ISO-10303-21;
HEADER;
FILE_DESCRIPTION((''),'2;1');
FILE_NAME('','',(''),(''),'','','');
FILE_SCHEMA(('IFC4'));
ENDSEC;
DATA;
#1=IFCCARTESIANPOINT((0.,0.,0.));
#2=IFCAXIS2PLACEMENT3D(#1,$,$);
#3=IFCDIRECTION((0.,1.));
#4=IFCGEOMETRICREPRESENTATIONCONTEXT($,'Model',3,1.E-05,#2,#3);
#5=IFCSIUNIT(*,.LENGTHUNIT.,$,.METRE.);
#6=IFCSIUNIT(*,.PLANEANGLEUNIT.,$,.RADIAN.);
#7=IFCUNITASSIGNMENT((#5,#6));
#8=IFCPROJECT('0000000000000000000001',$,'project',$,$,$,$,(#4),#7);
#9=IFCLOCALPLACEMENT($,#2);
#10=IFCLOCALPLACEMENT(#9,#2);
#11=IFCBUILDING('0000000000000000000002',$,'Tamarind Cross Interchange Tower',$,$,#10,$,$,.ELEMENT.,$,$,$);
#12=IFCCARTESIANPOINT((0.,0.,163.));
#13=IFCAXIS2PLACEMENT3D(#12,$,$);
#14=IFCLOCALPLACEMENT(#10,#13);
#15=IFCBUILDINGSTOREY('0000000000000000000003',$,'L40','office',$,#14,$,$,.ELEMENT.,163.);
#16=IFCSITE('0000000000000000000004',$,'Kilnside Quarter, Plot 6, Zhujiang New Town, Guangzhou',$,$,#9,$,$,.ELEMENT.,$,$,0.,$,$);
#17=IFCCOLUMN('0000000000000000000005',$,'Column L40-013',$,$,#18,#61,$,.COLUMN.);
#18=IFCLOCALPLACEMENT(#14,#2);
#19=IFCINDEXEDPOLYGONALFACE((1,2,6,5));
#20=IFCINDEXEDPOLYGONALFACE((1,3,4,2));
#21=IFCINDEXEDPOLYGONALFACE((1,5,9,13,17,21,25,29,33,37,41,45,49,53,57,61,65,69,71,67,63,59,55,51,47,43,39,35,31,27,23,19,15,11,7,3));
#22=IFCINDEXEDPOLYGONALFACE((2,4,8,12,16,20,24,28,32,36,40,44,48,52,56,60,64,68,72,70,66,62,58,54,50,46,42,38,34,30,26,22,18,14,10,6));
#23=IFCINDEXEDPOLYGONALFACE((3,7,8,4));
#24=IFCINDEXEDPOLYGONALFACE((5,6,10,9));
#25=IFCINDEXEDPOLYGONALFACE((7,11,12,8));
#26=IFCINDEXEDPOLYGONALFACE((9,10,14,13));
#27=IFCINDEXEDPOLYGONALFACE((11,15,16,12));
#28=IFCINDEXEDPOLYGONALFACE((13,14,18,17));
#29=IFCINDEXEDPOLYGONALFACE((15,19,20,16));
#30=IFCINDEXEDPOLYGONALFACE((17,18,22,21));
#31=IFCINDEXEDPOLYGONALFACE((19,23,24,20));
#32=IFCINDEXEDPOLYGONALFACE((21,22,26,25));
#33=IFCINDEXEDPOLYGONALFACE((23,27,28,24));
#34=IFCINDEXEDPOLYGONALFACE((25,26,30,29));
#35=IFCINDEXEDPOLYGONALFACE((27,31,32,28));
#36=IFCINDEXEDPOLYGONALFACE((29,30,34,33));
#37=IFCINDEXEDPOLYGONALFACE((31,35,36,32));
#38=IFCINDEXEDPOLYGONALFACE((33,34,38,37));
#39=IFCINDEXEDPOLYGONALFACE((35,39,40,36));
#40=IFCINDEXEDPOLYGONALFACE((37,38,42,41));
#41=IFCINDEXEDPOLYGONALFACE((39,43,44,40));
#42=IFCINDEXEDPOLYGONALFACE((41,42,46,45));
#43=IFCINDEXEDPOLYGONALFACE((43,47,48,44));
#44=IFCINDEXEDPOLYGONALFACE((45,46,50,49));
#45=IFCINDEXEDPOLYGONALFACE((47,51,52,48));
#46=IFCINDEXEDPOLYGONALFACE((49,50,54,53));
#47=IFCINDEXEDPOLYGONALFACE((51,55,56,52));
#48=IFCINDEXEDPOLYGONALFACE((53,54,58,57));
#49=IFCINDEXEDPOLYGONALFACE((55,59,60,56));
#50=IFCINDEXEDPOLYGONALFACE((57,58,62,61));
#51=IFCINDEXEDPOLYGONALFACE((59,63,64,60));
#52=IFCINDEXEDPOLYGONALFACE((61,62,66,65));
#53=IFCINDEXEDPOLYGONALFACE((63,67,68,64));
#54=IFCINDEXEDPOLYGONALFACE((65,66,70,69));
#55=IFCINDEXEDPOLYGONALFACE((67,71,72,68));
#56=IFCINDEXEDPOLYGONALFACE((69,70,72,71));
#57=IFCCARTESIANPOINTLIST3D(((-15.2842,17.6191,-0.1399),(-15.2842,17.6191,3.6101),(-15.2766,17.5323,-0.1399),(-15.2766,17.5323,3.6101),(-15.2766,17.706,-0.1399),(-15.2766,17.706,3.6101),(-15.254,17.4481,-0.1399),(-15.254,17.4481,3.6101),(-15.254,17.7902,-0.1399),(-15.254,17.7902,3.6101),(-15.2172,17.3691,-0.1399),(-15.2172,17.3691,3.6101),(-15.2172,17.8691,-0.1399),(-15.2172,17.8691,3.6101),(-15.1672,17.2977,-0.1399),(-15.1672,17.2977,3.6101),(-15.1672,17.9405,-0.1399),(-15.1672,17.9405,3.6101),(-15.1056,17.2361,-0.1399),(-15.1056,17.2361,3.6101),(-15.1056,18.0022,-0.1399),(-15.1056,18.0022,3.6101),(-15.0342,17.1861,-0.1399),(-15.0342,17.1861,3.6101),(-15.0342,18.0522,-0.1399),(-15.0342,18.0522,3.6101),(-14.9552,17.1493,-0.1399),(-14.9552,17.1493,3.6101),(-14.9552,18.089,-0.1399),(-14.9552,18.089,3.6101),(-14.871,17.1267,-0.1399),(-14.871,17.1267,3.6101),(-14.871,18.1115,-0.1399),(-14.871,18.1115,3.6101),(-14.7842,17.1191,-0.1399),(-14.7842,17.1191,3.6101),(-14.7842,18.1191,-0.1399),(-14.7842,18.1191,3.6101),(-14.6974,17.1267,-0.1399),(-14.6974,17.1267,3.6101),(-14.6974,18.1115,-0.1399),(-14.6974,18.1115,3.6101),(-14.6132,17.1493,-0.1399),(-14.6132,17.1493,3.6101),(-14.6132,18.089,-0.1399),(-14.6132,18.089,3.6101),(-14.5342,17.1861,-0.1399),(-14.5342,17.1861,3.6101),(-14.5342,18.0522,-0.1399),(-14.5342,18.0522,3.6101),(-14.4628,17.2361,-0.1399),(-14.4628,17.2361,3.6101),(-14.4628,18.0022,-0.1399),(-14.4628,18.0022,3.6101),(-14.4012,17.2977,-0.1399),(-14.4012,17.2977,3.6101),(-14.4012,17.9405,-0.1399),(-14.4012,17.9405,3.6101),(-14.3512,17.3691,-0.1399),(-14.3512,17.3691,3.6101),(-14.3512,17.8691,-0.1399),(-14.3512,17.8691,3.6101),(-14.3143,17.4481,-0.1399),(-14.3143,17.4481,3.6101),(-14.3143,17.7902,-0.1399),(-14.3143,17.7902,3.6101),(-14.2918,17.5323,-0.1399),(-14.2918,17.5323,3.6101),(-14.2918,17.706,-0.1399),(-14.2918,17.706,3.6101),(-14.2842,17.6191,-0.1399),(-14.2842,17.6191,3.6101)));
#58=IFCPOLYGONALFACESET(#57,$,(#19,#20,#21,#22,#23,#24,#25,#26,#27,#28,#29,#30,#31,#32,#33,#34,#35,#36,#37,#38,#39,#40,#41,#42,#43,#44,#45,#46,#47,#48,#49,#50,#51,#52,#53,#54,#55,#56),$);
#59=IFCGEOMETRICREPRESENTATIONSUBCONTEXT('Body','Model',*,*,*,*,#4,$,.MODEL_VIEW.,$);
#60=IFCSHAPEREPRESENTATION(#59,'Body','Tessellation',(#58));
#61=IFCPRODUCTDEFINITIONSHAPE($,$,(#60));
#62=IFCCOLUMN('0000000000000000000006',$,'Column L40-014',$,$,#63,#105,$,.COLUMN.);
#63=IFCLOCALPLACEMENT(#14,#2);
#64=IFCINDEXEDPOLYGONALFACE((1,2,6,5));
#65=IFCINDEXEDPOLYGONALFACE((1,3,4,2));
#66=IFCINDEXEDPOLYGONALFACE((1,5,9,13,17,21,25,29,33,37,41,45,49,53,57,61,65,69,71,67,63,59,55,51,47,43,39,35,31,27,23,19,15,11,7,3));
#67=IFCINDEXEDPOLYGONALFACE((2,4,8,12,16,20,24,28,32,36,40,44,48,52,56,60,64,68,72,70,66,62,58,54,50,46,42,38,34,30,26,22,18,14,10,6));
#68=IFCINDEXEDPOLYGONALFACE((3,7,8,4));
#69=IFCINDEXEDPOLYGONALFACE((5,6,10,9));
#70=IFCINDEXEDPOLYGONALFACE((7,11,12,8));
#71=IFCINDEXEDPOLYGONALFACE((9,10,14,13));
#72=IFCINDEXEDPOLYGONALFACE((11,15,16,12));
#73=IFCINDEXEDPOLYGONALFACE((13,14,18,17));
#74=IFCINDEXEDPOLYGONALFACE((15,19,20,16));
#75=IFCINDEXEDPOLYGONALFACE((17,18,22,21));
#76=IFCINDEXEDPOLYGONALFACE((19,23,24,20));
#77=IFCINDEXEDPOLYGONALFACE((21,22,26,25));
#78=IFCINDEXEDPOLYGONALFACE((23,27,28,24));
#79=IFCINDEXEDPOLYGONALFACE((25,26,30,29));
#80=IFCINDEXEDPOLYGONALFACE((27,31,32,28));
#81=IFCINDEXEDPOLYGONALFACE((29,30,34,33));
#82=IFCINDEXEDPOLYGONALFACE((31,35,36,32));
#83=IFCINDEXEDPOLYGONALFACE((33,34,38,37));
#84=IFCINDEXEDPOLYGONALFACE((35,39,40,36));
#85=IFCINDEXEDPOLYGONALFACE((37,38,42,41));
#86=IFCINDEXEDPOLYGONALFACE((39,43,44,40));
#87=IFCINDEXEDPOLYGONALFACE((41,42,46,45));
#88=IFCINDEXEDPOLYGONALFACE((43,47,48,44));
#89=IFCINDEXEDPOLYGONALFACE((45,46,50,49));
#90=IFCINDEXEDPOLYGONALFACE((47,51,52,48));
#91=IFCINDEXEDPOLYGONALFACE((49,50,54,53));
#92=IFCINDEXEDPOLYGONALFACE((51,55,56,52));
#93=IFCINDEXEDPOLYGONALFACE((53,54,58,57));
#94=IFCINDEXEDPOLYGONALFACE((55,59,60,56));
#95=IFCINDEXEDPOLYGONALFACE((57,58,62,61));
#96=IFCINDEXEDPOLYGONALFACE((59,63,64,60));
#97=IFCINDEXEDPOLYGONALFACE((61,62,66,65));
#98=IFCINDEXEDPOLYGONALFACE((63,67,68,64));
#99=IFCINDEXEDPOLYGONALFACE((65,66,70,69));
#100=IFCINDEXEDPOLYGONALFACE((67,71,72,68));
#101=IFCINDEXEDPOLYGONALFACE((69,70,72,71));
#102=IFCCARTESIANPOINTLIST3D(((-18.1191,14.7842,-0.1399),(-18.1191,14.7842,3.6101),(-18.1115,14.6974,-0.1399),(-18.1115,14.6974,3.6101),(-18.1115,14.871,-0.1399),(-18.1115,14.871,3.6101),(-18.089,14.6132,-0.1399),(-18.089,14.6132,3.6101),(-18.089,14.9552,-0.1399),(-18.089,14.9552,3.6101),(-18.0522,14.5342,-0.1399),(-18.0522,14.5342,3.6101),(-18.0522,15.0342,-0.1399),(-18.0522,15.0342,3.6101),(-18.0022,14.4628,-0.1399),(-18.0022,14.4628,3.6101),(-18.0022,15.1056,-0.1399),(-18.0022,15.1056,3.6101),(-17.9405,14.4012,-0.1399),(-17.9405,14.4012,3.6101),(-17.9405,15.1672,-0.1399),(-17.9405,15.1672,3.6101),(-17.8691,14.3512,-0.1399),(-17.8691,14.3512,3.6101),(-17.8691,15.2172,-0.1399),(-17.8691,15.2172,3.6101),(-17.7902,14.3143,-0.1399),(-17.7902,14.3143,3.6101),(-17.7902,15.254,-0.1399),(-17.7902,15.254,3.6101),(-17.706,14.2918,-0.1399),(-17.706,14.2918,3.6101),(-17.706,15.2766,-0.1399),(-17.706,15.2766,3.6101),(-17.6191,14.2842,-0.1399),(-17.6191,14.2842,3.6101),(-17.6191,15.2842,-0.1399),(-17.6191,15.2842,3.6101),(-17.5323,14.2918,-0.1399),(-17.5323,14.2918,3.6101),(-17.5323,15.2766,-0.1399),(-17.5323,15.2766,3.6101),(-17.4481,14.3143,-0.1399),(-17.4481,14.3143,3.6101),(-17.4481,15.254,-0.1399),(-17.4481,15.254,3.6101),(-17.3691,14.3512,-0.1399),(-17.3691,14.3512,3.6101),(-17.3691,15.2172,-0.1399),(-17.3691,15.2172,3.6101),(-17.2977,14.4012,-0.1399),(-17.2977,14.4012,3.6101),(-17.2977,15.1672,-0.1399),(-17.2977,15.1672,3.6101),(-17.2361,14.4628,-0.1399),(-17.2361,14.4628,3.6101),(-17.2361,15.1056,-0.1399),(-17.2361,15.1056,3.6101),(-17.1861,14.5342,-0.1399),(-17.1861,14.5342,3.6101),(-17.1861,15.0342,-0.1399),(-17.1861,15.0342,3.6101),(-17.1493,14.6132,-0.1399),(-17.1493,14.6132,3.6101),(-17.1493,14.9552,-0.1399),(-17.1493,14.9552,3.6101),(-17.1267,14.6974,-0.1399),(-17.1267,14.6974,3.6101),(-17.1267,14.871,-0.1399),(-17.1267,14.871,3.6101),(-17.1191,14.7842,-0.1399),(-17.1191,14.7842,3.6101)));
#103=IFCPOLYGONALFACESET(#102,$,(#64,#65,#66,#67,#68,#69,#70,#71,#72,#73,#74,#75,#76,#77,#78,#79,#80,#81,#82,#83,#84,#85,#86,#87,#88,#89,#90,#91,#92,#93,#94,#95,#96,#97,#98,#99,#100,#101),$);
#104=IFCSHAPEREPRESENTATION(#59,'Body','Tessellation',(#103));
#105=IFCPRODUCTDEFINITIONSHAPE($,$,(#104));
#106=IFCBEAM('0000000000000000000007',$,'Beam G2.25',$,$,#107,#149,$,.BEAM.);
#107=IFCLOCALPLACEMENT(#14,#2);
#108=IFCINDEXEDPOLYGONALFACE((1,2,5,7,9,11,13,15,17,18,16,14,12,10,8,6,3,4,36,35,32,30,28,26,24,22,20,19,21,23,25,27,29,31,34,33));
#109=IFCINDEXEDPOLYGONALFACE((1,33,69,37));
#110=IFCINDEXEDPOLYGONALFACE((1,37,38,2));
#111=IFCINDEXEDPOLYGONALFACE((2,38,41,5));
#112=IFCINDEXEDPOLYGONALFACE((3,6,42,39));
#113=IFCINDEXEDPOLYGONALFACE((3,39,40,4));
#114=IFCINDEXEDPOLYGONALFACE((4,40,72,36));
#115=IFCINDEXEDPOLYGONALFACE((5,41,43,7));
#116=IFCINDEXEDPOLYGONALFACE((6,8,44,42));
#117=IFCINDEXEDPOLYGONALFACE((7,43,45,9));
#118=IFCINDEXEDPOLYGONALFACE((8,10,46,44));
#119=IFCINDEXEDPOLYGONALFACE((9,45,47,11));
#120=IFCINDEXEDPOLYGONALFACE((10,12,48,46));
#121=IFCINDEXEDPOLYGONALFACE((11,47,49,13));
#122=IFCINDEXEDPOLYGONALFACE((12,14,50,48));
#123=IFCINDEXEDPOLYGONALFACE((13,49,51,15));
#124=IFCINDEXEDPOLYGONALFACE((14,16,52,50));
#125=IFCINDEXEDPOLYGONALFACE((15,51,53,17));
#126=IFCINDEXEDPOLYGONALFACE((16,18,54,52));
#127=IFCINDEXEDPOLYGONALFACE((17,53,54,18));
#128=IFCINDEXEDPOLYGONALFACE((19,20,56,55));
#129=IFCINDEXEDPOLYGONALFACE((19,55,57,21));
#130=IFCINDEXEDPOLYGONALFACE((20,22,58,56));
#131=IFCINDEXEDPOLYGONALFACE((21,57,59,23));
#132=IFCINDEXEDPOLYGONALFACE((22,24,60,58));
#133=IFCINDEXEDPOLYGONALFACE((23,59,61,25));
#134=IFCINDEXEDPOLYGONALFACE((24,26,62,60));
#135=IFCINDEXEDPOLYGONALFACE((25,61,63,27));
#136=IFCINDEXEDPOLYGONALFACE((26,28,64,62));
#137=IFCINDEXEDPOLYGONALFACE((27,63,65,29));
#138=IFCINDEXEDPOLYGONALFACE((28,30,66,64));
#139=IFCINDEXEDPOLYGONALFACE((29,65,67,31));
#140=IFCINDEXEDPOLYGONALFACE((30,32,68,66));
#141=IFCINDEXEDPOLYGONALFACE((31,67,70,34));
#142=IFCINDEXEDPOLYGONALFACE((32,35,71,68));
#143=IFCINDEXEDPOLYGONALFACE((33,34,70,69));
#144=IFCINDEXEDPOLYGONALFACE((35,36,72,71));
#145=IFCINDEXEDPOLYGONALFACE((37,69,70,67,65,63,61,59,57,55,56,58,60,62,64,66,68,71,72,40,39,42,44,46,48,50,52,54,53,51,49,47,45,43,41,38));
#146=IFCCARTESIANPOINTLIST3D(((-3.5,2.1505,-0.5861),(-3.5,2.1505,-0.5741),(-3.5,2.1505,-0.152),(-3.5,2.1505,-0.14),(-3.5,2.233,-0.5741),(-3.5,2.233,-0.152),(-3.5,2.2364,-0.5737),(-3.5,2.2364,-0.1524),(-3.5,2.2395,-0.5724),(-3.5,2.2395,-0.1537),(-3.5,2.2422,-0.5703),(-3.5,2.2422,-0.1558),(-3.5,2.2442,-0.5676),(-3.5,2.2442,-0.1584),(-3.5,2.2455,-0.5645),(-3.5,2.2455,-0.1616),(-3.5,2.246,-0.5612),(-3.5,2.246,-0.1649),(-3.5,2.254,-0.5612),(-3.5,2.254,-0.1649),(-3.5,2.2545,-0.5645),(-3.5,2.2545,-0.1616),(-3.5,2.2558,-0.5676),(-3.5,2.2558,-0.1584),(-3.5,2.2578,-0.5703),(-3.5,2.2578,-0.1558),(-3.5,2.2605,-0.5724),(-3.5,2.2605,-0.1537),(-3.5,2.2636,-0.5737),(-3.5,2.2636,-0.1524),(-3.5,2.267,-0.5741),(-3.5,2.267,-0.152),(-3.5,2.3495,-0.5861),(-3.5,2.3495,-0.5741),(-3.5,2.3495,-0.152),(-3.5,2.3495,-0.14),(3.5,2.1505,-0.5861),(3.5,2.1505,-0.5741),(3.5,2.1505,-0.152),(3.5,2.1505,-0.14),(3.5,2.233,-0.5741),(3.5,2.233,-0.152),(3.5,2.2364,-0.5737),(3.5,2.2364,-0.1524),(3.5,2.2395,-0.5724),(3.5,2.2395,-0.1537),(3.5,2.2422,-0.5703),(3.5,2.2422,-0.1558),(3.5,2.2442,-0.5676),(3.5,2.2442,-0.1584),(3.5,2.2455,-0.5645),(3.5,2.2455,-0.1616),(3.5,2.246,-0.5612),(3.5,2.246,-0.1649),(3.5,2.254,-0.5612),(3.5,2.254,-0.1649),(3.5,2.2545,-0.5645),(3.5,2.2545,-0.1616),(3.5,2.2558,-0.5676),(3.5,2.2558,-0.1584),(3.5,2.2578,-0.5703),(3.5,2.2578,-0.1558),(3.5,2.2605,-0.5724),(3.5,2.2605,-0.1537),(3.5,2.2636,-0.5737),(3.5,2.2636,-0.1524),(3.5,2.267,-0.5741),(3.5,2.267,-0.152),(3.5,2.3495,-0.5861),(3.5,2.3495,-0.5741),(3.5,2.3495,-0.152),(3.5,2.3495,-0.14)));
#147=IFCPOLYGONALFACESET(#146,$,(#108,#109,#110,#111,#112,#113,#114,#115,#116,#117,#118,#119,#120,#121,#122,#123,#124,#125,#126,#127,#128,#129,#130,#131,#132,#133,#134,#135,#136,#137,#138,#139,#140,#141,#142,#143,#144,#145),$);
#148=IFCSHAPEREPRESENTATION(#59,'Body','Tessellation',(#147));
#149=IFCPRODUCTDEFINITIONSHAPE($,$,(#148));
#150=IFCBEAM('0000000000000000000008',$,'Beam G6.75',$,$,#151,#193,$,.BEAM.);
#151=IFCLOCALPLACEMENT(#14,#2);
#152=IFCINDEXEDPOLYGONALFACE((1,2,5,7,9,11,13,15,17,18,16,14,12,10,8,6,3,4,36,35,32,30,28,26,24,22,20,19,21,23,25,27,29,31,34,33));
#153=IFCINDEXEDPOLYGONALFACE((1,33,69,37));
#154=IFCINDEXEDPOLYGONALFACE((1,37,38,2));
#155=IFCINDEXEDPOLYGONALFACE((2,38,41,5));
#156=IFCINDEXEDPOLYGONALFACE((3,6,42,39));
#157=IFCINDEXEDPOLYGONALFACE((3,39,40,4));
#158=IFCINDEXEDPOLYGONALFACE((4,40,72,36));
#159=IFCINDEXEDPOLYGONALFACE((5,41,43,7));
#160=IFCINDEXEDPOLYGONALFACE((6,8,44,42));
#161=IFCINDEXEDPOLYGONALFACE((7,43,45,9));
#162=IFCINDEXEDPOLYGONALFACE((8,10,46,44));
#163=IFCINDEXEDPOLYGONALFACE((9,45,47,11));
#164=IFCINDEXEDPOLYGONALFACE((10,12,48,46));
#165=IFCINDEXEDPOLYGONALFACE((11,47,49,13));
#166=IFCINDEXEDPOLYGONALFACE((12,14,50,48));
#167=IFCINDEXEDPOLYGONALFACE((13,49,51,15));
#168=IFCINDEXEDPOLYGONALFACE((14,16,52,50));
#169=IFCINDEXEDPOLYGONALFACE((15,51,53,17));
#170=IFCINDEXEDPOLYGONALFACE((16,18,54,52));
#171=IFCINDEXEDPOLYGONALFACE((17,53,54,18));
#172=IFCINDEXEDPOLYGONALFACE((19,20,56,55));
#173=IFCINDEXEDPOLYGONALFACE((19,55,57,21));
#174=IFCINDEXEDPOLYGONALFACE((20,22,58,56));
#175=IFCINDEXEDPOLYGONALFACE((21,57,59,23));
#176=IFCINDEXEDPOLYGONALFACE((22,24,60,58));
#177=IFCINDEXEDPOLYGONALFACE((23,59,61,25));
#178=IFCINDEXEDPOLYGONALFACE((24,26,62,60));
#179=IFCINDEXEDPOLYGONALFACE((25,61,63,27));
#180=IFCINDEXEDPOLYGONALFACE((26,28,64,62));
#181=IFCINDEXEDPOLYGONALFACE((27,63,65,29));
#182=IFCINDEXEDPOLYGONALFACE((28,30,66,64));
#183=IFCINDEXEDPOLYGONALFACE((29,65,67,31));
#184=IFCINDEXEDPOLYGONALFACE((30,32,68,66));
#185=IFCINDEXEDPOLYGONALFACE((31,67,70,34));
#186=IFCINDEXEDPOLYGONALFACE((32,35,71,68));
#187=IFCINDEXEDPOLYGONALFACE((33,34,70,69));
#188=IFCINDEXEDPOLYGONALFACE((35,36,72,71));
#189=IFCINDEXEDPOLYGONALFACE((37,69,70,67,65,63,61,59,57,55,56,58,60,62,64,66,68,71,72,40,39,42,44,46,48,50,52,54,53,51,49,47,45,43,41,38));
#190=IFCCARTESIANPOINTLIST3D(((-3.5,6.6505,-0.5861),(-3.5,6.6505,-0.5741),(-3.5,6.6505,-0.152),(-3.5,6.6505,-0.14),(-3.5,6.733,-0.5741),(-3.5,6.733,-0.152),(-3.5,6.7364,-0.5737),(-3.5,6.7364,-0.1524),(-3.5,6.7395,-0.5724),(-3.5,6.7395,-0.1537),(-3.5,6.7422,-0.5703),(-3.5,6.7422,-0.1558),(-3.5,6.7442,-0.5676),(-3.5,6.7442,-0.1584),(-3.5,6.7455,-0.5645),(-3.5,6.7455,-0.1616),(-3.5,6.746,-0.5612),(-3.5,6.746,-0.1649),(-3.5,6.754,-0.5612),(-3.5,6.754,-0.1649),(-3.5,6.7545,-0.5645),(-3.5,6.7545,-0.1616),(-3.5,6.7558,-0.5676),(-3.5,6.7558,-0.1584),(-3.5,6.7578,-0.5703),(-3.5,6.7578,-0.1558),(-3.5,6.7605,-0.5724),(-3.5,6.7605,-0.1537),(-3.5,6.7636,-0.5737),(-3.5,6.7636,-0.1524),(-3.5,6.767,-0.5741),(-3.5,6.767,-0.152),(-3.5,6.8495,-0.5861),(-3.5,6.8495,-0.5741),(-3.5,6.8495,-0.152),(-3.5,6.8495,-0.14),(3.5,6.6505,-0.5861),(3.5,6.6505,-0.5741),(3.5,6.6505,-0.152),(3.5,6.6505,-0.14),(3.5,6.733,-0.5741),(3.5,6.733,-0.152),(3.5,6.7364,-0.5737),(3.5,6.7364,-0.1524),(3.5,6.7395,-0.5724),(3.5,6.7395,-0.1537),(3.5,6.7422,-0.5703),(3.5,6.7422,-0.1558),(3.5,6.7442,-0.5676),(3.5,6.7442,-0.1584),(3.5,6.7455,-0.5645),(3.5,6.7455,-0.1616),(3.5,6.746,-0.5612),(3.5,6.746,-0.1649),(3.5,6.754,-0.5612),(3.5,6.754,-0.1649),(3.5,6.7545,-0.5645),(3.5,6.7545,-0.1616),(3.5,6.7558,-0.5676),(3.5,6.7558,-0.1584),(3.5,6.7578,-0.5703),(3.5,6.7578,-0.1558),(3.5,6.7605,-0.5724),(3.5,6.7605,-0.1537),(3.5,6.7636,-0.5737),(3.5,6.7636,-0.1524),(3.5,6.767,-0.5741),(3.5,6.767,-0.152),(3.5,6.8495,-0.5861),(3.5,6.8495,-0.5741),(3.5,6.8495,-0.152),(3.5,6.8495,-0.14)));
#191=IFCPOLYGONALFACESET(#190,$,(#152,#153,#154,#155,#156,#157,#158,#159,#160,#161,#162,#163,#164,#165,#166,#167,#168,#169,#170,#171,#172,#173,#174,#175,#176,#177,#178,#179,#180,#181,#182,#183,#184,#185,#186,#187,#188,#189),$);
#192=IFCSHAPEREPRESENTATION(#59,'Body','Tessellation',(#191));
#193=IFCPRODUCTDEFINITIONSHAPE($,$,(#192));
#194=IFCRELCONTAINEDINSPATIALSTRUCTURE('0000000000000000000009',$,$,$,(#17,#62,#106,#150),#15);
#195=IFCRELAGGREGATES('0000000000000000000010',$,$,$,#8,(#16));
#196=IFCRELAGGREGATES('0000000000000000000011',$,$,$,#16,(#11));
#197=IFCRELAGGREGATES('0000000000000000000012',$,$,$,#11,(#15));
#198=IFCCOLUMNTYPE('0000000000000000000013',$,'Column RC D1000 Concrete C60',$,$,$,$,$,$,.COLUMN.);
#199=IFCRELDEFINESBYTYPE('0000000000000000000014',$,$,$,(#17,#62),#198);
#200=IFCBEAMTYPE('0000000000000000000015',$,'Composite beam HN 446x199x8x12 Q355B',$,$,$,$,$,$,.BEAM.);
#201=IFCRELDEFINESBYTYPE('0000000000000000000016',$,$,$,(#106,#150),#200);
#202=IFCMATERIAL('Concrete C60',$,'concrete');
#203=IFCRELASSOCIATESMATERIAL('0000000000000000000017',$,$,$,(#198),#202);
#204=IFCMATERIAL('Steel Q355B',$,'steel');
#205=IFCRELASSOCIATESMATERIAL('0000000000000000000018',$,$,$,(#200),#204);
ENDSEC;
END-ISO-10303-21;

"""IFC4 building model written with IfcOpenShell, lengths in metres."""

from ifc_helpers import new_model, si_unit, direction, frame, origin, origin_2d, place, context, subcontext, project, spatial, circle, i_section, extrude, material, material_profile, profile_set, type_object, element, save


model = new_model("IFC4")

# Units and contexts
model_context = context("Model", 3, precision=1e-05, world=origin(), true_north=direction((0.0, 1.0)))
body_context = subcontext(model_context, "Body", "Model", "MODEL_VIEW")
ifc_project = project(units=[si_unit("LENGTHUNIT", "METRE"), si_unit("PLANEANGLEUNIT", "RADIAN")], contexts=[model_context])

# Site, building, storey
site_placement = place(None, origin())
site = spatial("IfcSite", under=ifc_project, at=site_placement, Name="Kilnside Quarter, Plot 6, Zhujiang New Town, Guangzhou", CompositionType="ELEMENT", RefElevation=0.0)
building_placement = place(site_placement, origin())
building = spatial("IfcBuilding", under=site, at=building_placement, Name="Tamarind Cross Interchange Tower", CompositionType="ELEMENT")
storey_placement = place(building_placement, frame((0.0, 0.0, 163.0)))
storey = spatial("IfcBuildingStorey", under=building, at=storey_placement, Name="L40", Description="office", CompositionType="ELEMENT", Elevation=163.0)

# Columns
ifc_material_1 = material(Name="Concrete C60", Category="concrete")
ifc_material_profile_1 = material_profile(ifc_material_1, circle(Radius=0.5, at=origin_2d()), Name="RC D1000")
ifc_profile_set_1 = profile_set([ifc_material_profile_1], Name="Concrete C60")
column_type = type_object("IfcColumnType", Name="Column RC D1000 Concrete C60", PredefinedType="COLUMN", material=ifc_profile_set_1)
for number, where, z_axis, x_axis, name in (
    (1, (-14.7842, 17.6191, -0.1399), (0.0, 0.0, 1.0), (1.0, 0.0, 0.0), "Column L40-013"),
    (2, (-17.6191, 14.7842, -0.1399), (0.0, 0.0, 1.0), (1.0, 0.0, 0.0), "Column L40-014"),
):
    element("IfcColumn", number, at=place(storey_placement, frame(where, z_axis=z_axis, x_axis=x_axis)), inside=storey, type_object=column_type, Name=name, PredefinedType="COLUMN", context=body_context, shape_type="SweptSolid", body=[
        extrude(circle(Radius=0.5, at=origin_2d()), origin(), (0.0, 0.0, 1.0), 3.75),
    ])

# Beams
ifc_material_2 = material(Name="Steel Q355B", Category="steel")
ifc_material_profile_2 = material_profile(ifc_material_2, i_section(OverallWidth=0.199, OverallDepth=0.446, WebThickness=0.0081, FlangeThickness=0.012, FilletRadius=0.0129, at=origin_2d()), Name="HN 446x199x8x12")
ifc_profile_set_2 = profile_set([ifc_material_profile_2], Name="Steel Q355B")
beam_type_1 = type_object("IfcBeamType", Name="Composite beam HN 446x199x8x12 Q355B", PredefinedType="BEAM", material=ifc_profile_set_2)
for number, where, z_axis, x_axis, name in (
    (3, (-3.5, 2.25, -0.363), (1.0, 0.0, 0.0), (0.0, 1.0, 0.0), "Beam G2.25"),
    (4, (-3.5, 6.75, -0.363), (1.0, 0.0, 0.0), (0.0, 1.0, 0.0), "Beam G6.75"),
):
    element("IfcBeam", number, at=place(storey_placement, frame(where, z_axis=z_axis, x_axis=x_axis)), inside=storey, type_object=beam_type_1, Name=name, PredefinedType="BEAM", context=body_context, shape_type="SweptSolid", body=[
        extrude(i_section(OverallWidth=0.199, OverallDepth=0.446, WebThickness=0.0081, FlangeThickness=0.012, FilletRadius=0.0129, at=origin_2d()), origin(), (0.0, 0.0, 1.0), 7.0),
    ])

save(model, "model.ifc")
